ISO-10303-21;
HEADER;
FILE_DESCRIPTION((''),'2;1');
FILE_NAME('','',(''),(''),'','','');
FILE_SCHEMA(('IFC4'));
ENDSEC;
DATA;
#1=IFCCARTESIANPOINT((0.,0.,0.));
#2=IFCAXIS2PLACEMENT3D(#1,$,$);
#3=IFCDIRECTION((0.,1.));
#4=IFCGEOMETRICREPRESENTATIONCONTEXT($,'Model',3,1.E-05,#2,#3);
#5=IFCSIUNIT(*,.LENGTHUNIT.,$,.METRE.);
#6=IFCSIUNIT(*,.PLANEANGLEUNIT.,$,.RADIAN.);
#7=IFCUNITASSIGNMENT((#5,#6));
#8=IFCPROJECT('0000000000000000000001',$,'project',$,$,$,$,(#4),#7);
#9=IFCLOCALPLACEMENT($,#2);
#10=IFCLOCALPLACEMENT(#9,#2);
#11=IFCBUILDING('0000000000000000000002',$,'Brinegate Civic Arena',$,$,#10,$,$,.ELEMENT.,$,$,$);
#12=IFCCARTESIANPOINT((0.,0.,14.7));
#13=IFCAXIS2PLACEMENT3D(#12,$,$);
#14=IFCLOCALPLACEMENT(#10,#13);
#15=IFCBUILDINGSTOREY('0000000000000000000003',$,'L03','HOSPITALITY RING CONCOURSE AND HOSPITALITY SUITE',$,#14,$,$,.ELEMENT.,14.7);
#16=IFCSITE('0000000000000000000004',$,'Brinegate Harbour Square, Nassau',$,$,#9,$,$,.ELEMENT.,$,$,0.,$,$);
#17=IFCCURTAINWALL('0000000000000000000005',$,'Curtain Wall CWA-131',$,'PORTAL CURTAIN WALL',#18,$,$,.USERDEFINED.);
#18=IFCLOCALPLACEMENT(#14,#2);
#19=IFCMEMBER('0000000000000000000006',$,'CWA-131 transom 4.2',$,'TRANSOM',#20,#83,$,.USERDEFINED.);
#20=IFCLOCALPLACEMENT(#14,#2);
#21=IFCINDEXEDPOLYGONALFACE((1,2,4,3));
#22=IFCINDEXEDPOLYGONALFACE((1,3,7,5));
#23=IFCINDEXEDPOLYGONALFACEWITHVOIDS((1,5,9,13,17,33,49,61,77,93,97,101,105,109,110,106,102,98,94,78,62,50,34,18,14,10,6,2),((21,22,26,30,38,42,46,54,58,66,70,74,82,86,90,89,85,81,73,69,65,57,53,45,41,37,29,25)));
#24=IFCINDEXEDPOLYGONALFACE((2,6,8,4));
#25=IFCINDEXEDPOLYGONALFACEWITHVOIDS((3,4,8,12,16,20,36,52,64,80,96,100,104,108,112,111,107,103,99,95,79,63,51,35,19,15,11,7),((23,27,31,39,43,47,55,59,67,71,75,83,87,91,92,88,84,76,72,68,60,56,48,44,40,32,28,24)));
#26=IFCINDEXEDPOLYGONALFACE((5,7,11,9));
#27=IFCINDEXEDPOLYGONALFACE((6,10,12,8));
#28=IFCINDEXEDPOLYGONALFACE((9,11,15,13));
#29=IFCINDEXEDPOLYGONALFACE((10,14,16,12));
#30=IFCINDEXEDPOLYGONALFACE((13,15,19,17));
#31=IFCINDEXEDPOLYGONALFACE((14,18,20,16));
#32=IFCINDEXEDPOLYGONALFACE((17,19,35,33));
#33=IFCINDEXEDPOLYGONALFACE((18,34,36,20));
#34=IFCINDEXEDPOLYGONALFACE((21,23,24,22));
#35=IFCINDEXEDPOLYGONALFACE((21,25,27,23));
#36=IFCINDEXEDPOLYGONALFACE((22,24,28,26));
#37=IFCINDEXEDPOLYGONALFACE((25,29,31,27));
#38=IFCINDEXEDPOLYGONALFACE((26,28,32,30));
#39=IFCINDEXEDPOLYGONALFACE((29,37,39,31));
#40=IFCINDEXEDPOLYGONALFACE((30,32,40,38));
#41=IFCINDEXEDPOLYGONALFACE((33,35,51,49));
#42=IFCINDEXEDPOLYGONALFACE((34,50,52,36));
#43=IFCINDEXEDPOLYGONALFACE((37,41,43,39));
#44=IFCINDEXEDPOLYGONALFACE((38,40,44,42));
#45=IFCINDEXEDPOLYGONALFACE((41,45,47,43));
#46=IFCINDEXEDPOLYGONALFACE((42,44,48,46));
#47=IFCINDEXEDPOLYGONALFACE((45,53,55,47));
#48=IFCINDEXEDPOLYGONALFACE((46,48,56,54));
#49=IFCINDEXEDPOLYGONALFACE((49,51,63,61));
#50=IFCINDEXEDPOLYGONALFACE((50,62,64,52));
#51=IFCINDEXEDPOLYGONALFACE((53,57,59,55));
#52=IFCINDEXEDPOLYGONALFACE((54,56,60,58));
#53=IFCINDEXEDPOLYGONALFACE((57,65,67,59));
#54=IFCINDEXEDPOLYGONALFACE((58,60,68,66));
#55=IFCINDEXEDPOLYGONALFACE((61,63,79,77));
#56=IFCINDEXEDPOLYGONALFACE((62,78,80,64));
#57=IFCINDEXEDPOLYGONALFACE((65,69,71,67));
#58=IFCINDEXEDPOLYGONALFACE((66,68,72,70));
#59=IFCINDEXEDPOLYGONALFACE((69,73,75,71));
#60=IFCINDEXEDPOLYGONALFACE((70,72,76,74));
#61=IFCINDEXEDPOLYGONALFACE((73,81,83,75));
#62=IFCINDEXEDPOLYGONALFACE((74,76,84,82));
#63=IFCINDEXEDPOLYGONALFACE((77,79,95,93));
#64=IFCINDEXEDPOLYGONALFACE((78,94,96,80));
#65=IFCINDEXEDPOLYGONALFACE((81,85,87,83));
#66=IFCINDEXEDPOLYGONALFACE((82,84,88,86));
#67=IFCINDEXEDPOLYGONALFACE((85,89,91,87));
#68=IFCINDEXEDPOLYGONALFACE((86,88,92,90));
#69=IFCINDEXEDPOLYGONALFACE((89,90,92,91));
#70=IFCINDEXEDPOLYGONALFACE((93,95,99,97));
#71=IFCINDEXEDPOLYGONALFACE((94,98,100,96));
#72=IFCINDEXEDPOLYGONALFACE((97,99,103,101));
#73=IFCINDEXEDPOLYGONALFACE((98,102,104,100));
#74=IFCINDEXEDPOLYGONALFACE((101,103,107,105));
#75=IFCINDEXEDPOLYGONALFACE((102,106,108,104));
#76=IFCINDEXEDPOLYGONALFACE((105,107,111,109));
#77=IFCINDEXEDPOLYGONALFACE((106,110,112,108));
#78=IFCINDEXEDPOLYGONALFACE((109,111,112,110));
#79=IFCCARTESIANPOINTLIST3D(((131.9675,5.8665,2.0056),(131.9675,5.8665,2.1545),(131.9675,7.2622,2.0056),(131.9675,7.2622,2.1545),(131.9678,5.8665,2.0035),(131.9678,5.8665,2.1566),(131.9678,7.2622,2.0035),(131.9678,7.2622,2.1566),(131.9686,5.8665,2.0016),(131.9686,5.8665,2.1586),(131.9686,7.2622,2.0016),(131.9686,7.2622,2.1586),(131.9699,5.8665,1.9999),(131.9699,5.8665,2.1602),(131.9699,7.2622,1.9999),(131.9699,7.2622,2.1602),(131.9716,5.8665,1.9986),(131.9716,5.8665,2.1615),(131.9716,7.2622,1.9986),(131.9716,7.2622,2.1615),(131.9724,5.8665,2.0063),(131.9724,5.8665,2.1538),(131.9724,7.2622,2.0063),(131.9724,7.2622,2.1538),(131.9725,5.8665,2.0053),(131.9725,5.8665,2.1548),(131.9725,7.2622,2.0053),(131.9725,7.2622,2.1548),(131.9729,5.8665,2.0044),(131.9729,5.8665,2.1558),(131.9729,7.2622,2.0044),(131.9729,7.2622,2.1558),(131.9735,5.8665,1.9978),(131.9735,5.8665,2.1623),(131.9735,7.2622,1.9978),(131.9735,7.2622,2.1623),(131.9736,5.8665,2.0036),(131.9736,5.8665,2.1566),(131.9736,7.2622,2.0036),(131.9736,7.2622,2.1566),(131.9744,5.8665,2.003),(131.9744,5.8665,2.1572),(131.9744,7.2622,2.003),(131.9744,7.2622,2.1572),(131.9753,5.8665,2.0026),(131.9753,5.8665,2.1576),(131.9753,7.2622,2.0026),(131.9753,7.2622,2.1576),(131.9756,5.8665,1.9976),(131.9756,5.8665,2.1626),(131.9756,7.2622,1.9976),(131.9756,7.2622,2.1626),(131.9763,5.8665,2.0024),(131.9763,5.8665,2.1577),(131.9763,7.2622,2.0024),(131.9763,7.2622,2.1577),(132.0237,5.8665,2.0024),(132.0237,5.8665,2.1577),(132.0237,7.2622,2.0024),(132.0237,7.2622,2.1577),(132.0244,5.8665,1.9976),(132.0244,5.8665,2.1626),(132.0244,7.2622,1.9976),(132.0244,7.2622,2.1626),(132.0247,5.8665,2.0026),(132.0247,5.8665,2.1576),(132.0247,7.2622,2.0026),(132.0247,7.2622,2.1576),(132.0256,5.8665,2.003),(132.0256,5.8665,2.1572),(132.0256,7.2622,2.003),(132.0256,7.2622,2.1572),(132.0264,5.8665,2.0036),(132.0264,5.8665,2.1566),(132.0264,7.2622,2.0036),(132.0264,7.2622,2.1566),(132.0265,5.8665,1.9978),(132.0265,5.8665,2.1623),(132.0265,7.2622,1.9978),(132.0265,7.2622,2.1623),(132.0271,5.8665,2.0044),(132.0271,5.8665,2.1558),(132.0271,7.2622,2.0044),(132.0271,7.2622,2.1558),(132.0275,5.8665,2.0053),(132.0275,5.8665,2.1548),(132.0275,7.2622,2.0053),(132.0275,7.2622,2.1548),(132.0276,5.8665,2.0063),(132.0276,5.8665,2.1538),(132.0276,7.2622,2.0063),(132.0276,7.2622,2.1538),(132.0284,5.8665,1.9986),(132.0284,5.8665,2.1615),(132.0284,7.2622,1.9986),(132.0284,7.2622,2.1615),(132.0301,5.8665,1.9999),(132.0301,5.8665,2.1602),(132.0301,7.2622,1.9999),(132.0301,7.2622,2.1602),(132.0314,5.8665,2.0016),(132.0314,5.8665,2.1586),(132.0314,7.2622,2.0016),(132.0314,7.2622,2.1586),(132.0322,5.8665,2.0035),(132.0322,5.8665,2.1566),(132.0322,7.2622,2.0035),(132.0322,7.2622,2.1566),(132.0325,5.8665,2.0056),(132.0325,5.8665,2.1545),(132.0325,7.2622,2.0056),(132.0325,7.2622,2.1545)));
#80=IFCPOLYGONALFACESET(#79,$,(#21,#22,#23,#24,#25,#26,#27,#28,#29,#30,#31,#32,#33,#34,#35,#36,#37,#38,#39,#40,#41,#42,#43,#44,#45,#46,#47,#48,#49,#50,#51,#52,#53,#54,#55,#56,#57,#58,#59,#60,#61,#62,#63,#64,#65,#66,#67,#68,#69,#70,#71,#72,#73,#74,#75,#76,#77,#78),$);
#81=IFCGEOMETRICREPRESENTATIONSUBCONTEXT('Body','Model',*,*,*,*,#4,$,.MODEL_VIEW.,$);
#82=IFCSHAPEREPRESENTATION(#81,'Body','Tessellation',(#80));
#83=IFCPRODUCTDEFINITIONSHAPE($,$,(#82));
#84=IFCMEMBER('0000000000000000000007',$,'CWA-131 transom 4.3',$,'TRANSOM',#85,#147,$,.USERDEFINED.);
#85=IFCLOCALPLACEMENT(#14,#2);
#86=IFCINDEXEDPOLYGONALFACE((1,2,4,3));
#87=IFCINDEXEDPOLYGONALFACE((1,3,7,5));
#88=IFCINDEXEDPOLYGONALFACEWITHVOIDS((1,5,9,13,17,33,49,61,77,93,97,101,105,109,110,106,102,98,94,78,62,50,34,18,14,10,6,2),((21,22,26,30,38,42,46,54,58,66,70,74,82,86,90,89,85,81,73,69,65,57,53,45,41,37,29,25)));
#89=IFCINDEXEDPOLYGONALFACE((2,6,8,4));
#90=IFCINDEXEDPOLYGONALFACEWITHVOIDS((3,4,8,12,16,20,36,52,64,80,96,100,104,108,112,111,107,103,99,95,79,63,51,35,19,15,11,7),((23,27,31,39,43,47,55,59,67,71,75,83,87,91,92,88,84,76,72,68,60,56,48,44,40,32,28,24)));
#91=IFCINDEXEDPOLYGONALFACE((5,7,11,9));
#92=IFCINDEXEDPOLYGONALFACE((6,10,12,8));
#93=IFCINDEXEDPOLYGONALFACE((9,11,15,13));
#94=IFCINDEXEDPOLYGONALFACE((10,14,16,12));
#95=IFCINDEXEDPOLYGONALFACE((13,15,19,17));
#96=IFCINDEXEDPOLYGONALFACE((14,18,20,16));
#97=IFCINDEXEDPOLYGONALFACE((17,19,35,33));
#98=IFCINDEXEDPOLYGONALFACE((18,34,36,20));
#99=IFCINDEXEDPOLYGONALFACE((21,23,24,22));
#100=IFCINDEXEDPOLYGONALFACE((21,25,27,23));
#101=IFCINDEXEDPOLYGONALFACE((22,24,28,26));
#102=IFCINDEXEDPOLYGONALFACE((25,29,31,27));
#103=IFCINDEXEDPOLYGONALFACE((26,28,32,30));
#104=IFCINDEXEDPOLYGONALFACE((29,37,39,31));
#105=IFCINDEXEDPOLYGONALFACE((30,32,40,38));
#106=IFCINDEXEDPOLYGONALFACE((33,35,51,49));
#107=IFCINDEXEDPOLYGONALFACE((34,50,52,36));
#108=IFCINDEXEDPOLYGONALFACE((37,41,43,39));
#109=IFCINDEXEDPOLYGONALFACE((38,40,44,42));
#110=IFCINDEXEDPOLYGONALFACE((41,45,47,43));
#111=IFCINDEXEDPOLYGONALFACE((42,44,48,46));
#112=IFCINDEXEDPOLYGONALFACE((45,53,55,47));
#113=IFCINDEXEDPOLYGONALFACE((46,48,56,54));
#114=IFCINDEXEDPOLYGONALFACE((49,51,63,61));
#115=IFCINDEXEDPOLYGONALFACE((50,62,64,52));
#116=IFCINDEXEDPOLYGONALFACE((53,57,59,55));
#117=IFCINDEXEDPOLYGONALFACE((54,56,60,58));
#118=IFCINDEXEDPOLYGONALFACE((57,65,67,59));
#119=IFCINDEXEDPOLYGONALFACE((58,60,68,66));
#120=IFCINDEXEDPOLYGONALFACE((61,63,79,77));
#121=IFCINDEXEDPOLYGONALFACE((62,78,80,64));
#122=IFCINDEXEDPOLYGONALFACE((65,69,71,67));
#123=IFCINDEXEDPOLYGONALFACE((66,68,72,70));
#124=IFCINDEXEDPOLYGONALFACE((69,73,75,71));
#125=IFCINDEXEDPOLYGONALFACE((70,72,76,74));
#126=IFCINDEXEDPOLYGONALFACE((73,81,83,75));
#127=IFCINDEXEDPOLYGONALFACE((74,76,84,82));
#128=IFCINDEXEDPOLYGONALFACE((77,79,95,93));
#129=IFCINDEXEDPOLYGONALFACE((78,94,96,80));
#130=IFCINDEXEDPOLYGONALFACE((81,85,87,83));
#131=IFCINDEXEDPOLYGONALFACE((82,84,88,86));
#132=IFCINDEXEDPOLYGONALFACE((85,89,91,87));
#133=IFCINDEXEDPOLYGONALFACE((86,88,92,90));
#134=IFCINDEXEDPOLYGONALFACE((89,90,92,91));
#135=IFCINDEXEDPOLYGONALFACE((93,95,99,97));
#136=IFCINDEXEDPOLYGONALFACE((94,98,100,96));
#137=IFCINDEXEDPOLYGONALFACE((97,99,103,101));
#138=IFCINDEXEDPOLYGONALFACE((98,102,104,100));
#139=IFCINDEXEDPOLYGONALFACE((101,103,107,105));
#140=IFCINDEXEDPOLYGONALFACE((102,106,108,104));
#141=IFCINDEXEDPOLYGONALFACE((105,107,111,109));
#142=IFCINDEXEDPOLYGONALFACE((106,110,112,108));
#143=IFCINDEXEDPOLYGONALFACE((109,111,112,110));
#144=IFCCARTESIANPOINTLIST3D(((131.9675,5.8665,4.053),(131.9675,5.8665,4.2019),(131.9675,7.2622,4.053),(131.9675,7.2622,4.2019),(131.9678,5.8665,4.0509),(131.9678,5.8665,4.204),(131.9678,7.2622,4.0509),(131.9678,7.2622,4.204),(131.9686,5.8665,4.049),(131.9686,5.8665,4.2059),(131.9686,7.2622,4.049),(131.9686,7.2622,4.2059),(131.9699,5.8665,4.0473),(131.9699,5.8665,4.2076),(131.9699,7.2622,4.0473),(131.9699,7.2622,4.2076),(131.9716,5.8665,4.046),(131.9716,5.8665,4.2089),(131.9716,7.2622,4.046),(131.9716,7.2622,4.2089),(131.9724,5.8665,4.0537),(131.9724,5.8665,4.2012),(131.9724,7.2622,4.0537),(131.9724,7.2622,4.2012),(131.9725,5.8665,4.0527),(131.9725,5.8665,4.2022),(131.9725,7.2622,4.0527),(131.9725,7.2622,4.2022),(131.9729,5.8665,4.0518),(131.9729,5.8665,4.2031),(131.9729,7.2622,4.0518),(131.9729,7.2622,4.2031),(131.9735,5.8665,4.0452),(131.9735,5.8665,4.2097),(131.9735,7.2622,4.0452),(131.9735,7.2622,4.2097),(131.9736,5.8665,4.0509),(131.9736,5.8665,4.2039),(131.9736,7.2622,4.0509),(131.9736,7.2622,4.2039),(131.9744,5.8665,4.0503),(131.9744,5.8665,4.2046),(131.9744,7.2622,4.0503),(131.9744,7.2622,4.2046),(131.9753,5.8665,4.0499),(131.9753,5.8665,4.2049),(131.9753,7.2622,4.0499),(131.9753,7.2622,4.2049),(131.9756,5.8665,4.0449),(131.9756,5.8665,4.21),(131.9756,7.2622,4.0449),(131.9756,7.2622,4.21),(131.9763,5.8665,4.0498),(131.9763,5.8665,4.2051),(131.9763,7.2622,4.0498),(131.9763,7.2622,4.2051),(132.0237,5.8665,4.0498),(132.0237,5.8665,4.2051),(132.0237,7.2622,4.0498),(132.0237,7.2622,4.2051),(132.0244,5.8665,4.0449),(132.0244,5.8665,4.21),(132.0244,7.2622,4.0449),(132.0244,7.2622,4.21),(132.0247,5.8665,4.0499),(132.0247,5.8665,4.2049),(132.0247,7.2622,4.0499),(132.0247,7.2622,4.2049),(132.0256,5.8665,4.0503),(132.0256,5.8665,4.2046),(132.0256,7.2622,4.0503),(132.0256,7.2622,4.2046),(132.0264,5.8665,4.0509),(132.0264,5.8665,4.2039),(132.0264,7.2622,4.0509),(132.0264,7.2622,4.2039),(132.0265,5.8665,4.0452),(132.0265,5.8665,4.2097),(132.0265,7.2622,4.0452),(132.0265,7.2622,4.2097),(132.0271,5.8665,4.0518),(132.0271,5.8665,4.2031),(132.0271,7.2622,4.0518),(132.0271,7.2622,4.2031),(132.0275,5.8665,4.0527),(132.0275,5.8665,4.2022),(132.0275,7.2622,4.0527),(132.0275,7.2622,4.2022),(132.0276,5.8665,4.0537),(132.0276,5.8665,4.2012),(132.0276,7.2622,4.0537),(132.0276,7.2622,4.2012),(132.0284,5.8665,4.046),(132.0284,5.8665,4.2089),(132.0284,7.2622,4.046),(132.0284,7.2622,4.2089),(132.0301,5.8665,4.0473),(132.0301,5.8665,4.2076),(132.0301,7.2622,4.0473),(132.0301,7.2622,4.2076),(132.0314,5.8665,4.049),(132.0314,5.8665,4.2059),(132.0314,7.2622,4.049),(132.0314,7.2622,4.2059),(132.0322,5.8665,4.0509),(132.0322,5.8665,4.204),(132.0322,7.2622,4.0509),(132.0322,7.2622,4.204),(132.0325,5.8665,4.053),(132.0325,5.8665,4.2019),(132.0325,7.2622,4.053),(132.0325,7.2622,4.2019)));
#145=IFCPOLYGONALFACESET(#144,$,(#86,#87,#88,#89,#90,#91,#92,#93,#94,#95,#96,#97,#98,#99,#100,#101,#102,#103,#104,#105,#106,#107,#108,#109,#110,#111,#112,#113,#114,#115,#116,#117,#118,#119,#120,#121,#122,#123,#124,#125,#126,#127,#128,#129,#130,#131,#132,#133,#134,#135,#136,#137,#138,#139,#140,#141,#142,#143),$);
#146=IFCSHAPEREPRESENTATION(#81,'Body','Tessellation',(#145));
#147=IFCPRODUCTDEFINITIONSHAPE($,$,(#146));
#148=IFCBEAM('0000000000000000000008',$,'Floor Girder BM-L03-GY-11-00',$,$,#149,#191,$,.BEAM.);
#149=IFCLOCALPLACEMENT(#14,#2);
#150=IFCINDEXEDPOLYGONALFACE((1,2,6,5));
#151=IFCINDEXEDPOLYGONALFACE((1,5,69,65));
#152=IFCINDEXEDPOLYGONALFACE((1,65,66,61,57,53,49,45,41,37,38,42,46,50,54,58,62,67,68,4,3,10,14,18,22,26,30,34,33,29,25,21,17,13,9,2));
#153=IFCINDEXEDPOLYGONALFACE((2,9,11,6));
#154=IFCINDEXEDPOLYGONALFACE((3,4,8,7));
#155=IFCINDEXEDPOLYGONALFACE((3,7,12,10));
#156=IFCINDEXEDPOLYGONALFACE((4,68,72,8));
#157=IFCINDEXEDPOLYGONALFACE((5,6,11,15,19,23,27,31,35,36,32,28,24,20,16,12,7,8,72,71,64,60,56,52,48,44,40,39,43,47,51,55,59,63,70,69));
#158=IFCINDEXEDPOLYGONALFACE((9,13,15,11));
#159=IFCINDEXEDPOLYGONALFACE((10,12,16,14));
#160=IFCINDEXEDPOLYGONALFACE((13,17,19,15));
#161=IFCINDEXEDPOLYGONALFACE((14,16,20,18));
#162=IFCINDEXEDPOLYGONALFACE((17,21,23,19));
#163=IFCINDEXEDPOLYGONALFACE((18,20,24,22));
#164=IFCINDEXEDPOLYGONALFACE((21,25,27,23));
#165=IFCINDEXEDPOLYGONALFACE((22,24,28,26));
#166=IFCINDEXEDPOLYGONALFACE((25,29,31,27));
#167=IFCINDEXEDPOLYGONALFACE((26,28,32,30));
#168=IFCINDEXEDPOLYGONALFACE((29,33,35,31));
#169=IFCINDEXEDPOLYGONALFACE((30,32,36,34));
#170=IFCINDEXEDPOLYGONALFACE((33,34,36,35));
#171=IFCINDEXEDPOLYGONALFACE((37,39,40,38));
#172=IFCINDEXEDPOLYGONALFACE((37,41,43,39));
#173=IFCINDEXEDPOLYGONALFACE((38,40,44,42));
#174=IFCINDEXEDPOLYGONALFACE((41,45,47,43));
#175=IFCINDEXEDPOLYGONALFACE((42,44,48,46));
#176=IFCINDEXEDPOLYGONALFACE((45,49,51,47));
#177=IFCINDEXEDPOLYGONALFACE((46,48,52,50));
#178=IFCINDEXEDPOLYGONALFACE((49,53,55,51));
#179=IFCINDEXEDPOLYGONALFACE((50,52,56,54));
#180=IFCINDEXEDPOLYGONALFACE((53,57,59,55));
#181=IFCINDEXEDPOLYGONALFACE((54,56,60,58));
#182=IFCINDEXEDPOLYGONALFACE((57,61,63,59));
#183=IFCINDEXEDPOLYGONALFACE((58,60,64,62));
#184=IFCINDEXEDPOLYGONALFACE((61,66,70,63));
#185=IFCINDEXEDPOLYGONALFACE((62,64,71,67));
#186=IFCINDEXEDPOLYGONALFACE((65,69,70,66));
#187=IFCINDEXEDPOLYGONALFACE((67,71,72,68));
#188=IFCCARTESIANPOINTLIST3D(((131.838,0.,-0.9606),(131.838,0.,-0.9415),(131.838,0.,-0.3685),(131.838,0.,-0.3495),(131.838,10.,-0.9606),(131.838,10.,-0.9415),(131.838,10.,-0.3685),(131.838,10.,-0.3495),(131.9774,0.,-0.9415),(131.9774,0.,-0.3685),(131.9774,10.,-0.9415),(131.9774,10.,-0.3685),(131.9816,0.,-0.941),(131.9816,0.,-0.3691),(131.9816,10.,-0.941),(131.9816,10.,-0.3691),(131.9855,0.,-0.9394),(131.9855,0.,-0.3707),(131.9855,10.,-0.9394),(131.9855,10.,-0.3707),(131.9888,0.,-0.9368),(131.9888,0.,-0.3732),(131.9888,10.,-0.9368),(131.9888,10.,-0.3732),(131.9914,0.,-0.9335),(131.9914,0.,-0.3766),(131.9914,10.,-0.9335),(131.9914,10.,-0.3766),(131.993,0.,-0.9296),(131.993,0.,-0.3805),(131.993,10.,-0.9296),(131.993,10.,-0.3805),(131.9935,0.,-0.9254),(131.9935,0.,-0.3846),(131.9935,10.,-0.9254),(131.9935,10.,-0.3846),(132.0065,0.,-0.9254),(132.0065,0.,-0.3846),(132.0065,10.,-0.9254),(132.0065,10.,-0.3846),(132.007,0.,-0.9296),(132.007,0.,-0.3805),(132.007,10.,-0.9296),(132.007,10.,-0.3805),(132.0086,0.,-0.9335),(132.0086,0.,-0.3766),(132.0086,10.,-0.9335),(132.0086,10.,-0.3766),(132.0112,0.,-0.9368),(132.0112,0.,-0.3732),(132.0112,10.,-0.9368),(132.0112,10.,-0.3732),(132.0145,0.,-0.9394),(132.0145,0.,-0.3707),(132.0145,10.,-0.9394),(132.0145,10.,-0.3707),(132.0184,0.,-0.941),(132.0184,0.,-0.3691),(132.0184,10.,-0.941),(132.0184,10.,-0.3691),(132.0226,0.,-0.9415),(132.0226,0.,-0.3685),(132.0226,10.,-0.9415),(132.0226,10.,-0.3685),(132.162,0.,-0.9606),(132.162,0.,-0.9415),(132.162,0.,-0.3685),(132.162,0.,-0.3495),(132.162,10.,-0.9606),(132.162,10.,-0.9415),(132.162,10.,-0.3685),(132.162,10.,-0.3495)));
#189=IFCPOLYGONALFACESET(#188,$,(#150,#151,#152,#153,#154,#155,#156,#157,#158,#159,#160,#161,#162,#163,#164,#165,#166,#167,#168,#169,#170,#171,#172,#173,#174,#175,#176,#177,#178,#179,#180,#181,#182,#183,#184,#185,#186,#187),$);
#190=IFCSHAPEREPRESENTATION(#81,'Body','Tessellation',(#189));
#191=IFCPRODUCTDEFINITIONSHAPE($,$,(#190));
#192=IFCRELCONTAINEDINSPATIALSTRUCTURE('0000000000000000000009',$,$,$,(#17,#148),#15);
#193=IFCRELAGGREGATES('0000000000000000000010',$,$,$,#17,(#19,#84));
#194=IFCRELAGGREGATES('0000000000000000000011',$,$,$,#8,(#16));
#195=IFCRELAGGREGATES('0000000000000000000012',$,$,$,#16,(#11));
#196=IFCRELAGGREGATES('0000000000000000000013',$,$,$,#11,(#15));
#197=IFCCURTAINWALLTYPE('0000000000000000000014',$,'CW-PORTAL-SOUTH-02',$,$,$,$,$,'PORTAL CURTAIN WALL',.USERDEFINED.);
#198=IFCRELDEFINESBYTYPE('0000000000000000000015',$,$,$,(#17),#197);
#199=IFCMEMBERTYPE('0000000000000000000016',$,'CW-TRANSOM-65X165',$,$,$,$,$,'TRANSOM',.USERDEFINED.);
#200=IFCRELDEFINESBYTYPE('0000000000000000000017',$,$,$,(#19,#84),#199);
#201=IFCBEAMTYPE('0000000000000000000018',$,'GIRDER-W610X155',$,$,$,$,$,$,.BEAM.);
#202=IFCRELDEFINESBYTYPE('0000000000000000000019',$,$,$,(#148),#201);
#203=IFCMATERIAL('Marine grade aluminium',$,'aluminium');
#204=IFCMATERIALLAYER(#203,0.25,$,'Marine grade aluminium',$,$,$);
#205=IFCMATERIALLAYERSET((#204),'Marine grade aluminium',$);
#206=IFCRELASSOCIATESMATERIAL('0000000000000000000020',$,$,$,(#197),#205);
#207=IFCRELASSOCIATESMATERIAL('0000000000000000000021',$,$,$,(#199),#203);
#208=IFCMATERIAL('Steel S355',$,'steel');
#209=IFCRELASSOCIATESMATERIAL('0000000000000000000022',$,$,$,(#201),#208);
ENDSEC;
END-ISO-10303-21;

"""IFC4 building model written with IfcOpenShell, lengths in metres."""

from ifc_helpers import new_model, si_unit, direction, frame, origin, origin_2d, place, context, subcontext, project, spatial, hollow_rectangle, i_section, extrude, material, layer, layer_set, material_profile, profile_set, type_object, element, aggregate, save


model = new_model("IFC4")

# Units and contexts
model_context = context("Model", 3, precision=1e-05, world=origin(), true_north=direction((0.0, 1.0)))
body_context = subcontext(model_context, "Body", "Model", "MODEL_VIEW")
ifc_project = project(units=[si_unit("LENGTHUNIT", "METRE"), si_unit("PLANEANGLEUNIT", "RADIAN")], contexts=[model_context])

# Site, building, storey
site_placement = place(None, origin())
site = spatial("IfcSite", under=ifc_project, at=site_placement, Name="Brinegate Harbour Square, Nassau", CompositionType="ELEMENT", RefElevation=0.0)
building_placement = place(site_placement, origin())
building = spatial("IfcBuilding", under=site, at=building_placement, Name="Brinegate Civic Arena", CompositionType="ELEMENT")
storey_placement = place(building_placement, frame((0.0, 0.0, 14.7)))
storey = spatial("IfcBuildingStorey", under=building, at=storey_placement, Name="L03", Description="HOSPITALITY RING CONCOURSE AND HOSPITALITY SUITE", CompositionType="ELEMENT", Elevation=14.7)

# Curtain wall, members
ifc_material_1 = material(Name="Marine grade aluminium", Category="aluminium")
ifc_layer_1 = layer(ifc_material_1, 0.25, Name="Marine grade aluminium")
ifc_layer_set_1 = layer_set([ifc_layer_1], Name="Marine grade aluminium")
curtain_wall_type = type_object("IfcCurtainWallType", Name="CW-PORTAL-SOUTH-02", ElementType="PORTAL CURTAIN WALL", PredefinedType="USERDEFINED", material=ifc_layer_set_1)
curtain_wall_placement = place(storey_placement, origin())
curtain_wall = element("IfcCurtainWall", 1, at=curtain_wall_placement, inside=storey, type_object=curtain_wall_type, Name="Curtain Wall CWA-131", ObjectType="PORTAL CURTAIN WALL", PredefinedType="USERDEFINED")
ifc_material_profile_1 = material_profile(ifc_material_1, hollow_rectangle(XDim=0.0649, YDim=0.165, WallThickness=0.0049, InnerFilletRadius=0.0039, OuterFilletRadius=0.0081, at=origin_2d()), Name="TRN65X165")
ifc_profile_set_1 = profile_set([ifc_material_profile_1], Name="Marine grade aluminium")
member_type_1 = type_object("IfcMemberType", Name="CW-TRANSOM-65X165", ElementType="TRANSOM", PredefinedType="USERDEFINED", material=ifc_profile_set_1)
member_1_placement = place(storey_placement, frame((132.0, 5.8665, 2.0801), z_axis=(0.0, 1.0, 0.0), x_axis=(-1.0, 0.0, 0.0)))
member_1 = element("IfcMember", 2, at=member_1_placement, type_object=member_type_1, Name="CWA-131 transom 4.2", ObjectType="TRANSOM", PredefinedType="USERDEFINED", context=body_context, shape_type="SweptSolid", body=[
    extrude(hollow_rectangle(XDim=0.0649, YDim=0.165, WallThickness=0.0049, InnerFilletRadius=0.0039, OuterFilletRadius=0.0081, at=origin_2d()), origin(), (0.0, 0.0, 1.0), 1.3958),
])
member_2_placement = place(storey_placement, frame((132.0, 5.8665, 4.1274), z_axis=(0.0, 1.0, 0.0), x_axis=(-1.0, 0.0, 0.0)))
member_2 = element("IfcMember", 3, at=member_2_placement, type_object=member_type_1, Name="CWA-131 transom 4.3", ObjectType="TRANSOM", PredefinedType="USERDEFINED", context=body_context, shape_type="SweptSolid", body=[
    extrude(hollow_rectangle(XDim=0.0649, YDim=0.165, WallThickness=0.0049, InnerFilletRadius=0.0039, OuterFilletRadius=0.0081, at=origin_2d()), origin(), (0.0, 0.0, 1.0), 1.3958),
])

# Beam
ifc_material_2 = material(Name="Steel S355", Category="steel")
ifc_material_profile_2 = material_profile(ifc_material_2, i_section(OverallWidth=0.324, OverallDepth=0.6111, WebThickness=0.0129, FlangeThickness=0.019, FilletRadius=0.0161, at=origin_2d()), Name="W610X155")
ifc_profile_set_2 = profile_set([ifc_material_profile_2], Name="Steel S355")
beam_type = type_object("IfcBeamType", Name="GIRDER-W610X155", PredefinedType="BEAM", material=ifc_profile_set_2)
beam_placement = place(storey_placement, frame((132.0, 0.0, -0.655), z_axis=(0.0, 1.0, 0.0), x_axis=(-1.0, 0.0, 0.0)))
element("IfcBeam", 4, at=beam_placement, inside=storey, type_object=beam_type, Name="Floor Girder BM-L03-GY-11-00", PredefinedType="BEAM", context=body_context, shape_type="SweptSolid", body=[
    extrude(i_section(OverallWidth=0.324, OverallDepth=0.6111, WebThickness=0.0129, FlangeThickness=0.019, FilletRadius=0.0161, at=origin_2d()), origin(), (0.0, 0.0, 1.0), 10.0),
])

aggregate(curtain_wall, [member_1, member_2])

save(model, "model.ifc")
